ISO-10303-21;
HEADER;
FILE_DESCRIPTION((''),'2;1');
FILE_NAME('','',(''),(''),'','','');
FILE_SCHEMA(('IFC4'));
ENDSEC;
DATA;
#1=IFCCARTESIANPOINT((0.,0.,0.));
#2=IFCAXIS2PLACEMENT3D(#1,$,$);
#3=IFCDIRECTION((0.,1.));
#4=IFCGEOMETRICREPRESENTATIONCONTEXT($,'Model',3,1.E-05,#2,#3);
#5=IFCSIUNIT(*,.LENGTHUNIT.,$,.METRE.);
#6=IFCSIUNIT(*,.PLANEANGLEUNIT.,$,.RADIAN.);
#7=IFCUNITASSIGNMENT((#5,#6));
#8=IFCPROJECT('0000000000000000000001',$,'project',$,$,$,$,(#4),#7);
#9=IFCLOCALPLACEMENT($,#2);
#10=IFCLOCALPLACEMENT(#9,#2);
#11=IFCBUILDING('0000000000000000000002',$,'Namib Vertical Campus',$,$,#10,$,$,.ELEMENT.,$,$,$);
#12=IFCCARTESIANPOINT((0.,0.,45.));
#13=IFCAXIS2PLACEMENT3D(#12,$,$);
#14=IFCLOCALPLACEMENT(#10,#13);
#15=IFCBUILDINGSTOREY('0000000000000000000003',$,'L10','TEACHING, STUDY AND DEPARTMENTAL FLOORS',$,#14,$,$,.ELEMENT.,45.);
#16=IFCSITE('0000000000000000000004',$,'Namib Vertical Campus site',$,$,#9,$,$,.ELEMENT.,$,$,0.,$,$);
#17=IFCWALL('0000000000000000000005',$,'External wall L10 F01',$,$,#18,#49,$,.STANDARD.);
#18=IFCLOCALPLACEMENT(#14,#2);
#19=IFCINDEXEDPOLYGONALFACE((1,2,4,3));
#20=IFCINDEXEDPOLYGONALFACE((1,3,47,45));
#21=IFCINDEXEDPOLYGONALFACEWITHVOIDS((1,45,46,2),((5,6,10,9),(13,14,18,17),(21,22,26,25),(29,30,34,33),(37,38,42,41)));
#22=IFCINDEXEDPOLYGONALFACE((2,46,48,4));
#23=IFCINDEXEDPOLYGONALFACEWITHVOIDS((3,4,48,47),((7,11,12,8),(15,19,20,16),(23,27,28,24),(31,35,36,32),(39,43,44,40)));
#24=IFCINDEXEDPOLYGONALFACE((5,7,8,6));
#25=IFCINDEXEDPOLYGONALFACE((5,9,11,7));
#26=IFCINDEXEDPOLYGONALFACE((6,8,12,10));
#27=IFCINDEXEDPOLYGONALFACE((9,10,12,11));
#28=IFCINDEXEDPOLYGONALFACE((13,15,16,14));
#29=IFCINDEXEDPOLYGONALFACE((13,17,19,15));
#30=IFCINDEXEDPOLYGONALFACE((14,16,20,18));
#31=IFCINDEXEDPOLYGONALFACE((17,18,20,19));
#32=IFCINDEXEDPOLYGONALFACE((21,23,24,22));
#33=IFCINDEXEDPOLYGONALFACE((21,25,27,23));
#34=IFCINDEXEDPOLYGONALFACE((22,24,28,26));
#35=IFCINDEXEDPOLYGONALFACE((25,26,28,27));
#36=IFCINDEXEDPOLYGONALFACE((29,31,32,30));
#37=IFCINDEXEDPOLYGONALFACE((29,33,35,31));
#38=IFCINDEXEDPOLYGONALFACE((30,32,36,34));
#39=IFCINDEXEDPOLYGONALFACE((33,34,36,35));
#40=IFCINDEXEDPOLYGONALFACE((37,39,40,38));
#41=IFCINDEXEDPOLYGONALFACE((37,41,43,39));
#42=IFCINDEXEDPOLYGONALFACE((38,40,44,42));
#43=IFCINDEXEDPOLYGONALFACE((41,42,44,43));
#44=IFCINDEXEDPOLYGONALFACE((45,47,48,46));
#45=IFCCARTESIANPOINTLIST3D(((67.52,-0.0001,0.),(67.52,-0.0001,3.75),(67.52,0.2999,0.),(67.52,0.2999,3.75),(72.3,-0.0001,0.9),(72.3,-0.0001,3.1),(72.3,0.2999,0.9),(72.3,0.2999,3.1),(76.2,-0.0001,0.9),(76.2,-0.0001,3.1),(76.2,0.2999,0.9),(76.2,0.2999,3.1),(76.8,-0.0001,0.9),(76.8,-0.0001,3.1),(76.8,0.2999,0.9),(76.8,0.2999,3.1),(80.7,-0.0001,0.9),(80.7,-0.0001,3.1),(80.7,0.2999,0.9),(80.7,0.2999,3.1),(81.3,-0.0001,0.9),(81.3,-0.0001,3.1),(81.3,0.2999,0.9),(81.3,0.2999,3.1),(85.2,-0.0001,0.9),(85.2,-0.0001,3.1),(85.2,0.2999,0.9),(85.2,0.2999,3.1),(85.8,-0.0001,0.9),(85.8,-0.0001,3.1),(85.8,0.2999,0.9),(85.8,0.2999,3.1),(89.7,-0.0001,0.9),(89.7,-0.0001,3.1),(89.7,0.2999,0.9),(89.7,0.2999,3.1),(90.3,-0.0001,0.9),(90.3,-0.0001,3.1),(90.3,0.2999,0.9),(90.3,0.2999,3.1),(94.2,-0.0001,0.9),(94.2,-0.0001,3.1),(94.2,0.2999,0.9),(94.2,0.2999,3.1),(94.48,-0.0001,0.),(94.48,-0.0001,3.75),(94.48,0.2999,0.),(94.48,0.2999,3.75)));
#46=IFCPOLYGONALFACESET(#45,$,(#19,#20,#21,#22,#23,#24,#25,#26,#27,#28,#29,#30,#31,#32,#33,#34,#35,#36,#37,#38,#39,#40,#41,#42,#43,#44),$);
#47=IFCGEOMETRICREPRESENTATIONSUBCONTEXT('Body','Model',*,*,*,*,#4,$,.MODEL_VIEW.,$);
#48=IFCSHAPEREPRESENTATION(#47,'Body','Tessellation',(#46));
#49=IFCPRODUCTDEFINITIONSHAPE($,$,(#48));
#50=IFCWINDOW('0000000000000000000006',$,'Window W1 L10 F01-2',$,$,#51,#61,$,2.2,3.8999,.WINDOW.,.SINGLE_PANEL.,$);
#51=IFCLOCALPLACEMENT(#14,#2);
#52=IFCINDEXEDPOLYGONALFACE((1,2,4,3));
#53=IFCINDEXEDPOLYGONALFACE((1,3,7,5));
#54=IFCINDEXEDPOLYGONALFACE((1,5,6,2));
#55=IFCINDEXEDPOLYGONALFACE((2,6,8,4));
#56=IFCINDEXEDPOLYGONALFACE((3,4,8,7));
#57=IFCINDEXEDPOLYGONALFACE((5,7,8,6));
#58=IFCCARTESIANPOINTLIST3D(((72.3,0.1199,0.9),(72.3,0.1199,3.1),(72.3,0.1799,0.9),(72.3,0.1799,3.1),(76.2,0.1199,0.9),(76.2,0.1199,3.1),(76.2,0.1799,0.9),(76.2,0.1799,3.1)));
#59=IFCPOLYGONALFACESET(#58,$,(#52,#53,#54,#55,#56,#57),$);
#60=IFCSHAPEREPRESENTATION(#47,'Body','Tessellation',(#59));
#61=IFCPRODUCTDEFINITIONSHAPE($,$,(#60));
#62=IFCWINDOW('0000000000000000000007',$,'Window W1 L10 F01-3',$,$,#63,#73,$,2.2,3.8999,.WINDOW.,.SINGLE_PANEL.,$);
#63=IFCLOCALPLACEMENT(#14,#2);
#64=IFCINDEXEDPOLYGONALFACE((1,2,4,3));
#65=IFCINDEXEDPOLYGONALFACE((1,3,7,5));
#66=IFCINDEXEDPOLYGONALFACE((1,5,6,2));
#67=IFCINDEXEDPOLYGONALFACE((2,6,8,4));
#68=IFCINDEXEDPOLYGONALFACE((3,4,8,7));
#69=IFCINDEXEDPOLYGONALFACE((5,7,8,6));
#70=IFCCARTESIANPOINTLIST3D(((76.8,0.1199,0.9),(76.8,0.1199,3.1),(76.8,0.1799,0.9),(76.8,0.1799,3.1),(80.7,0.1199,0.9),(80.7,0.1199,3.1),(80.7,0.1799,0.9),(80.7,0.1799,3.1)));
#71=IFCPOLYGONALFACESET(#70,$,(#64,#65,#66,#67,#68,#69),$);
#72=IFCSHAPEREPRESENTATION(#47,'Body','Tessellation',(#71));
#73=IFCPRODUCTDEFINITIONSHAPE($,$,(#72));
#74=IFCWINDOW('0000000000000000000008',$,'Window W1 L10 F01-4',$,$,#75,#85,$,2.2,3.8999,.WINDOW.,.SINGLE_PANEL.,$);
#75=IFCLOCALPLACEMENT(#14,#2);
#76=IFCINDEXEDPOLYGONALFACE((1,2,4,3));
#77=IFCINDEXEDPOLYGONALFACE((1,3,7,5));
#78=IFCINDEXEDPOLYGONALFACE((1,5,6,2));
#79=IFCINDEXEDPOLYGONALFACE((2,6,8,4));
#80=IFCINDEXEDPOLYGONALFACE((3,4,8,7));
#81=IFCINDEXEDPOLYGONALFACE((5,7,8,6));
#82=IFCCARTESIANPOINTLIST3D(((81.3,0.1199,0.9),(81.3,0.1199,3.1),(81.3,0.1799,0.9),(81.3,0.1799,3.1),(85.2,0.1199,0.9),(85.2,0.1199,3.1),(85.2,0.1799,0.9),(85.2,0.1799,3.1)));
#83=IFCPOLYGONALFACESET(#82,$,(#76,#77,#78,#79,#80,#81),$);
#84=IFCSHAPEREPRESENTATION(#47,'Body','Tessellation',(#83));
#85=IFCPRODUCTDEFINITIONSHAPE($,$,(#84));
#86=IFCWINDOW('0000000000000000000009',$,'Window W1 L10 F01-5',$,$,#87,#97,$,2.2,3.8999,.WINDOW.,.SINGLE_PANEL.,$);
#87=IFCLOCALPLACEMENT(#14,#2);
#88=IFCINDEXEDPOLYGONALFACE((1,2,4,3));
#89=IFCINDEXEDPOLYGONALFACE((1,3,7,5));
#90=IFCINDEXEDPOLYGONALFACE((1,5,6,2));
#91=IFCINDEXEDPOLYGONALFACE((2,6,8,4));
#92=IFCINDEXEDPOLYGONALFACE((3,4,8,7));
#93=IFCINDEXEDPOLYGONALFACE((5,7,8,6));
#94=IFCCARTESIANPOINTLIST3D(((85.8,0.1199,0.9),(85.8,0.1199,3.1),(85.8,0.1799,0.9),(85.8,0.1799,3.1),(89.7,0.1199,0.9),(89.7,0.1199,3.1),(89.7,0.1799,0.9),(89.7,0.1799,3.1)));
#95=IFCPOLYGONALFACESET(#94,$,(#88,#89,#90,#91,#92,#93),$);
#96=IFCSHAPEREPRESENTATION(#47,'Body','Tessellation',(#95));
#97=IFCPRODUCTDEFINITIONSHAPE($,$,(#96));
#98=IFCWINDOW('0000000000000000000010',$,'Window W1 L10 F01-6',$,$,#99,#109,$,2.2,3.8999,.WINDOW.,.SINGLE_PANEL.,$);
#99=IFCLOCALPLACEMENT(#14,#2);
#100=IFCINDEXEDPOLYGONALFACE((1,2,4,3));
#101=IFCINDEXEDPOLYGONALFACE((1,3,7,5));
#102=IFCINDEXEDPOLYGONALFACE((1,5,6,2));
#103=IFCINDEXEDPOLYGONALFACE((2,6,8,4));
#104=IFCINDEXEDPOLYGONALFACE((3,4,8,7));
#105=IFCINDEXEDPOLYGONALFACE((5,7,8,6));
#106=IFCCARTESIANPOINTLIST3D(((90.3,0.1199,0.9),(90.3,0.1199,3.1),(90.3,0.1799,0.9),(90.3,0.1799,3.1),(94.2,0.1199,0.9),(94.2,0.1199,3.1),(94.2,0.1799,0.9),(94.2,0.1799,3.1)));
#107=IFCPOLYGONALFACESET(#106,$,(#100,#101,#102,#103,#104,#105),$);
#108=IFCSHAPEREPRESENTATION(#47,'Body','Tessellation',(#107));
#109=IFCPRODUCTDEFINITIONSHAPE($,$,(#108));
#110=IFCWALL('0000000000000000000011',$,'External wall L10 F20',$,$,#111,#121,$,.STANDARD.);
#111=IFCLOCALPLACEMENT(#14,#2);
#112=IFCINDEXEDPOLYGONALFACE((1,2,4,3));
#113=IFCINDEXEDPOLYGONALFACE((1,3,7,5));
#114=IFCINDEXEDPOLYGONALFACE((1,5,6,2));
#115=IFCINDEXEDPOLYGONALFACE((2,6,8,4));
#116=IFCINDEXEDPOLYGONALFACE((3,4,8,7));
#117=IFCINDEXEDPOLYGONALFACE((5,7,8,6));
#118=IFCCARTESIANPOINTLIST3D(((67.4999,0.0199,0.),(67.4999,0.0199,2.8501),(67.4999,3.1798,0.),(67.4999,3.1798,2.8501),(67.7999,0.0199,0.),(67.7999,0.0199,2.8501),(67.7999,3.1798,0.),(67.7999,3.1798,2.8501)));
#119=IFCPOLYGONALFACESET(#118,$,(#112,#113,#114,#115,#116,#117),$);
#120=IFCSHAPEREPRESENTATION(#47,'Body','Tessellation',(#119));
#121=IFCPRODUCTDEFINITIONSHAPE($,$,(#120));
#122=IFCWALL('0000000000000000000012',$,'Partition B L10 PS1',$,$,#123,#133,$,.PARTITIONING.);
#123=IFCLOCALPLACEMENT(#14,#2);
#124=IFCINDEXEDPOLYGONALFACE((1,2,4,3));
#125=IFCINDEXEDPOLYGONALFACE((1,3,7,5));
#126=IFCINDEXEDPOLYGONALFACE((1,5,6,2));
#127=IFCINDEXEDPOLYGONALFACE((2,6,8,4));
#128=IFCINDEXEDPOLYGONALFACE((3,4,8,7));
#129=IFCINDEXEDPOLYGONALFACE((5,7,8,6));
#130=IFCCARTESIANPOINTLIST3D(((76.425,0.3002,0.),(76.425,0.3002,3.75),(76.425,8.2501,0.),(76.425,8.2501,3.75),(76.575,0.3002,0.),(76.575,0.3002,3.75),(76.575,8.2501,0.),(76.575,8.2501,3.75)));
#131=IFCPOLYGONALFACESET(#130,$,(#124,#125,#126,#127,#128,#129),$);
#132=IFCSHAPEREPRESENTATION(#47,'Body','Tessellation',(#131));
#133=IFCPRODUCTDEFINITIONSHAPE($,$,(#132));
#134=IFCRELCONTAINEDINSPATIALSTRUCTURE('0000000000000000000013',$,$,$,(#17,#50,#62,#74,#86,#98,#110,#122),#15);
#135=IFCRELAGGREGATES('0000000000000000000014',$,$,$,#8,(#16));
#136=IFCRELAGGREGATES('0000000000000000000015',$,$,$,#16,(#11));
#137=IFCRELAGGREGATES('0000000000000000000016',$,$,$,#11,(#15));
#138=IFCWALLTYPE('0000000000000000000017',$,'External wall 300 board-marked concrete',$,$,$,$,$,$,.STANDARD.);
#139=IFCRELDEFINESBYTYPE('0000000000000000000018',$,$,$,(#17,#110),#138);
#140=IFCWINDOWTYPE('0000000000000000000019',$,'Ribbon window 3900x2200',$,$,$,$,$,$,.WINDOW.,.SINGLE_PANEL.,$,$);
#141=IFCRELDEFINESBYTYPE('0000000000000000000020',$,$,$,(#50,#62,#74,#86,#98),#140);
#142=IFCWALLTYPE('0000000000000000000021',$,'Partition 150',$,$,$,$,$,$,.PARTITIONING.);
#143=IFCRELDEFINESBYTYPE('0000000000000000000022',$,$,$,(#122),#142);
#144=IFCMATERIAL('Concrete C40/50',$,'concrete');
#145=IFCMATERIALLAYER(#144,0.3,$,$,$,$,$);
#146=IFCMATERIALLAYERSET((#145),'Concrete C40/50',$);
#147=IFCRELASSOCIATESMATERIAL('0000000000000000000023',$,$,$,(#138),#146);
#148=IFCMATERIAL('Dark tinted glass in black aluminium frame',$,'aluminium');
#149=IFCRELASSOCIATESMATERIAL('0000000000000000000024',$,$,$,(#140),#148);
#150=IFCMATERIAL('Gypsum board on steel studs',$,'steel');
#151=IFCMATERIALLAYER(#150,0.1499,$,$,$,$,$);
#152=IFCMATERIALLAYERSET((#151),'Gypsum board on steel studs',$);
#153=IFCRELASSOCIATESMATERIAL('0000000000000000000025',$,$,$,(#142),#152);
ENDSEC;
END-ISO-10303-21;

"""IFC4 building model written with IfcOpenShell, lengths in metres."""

from ifc_helpers import new_model, si_unit, direction, frame, frame_2d, origin, place, context, subcontext, project, spatial, rectangle, extrude, material, layer, layer_set, type_object, element, fill, save


model = new_model("IFC4")

# Units and contexts
model_context = context("Model", 3, precision=1e-05, world=origin(), true_north=direction((0.0, 1.0)))
body_context = subcontext(model_context, "Body", "Model", "MODEL_VIEW")
ifc_project = project(units=[si_unit("LENGTHUNIT", "METRE"), si_unit("PLANEANGLEUNIT", "RADIAN")], contexts=[model_context])

# Site, building, storey
site_placement = place(None, origin())
site = spatial("IfcSite", under=ifc_project, at=site_placement, Name="Namib Vertical Campus site", CompositionType="ELEMENT", RefElevation=0.0)
building_placement = place(site_placement, origin())
building = spatial("IfcBuilding", under=site, at=building_placement, Name="Namib Vertical Campus", CompositionType="ELEMENT")
storey_placement = place(building_placement, frame((0.0, 0.0, 45.0)))
storey = spatial("IfcBuildingStorey", under=building, at=storey_placement, Name="L10", Description="TEACHING, STUDY AND DEPARTMENTAL FLOORS", CompositionType="ELEMENT", Elevation=45.0)

# Wall, openings, windows
ifc_material_1 = material(Name="Concrete C40/50", Category="concrete")
ifc_layer_1 = layer(ifc_material_1, 0.3)
ifc_layer_set_1 = layer_set([ifc_layer_1], Name="Concrete C40/50")
wall_type_1 = type_object("IfcWallType", Name="External wall 300 board-marked concrete", PredefinedType="STANDARD", material=ifc_layer_set_1)
wall_1_placement = place(storey_placement, frame((67.52, 0.1499, 0.0), z_axis=(0.0, 0.0, 1.0), x_axis=(1.0, 0.0, 0.0)))
wall_1 = element("IfcWall", 1, at=wall_1_placement, inside=storey, type_object=wall_type_1, Name="External wall L10 F01", PredefinedType="STANDARD", context=body_context, shape_type="SweptSolid", body=[
    extrude(rectangle(XDim=26.96, YDim=0.3, at=frame_2d((13.48, 0.0))), origin(), (0.0, 0.0, 1.0), 3.75),
])
opening_1_placement = place(wall_1_placement, frame((4.78, 0.0, 0.8999)))
opening_1 = element("IfcOpeningElement", 2, at=opening_1_placement, cuts=wall_1, PredefinedType="OPENING", context=body_context, shape_type="SweptSolid", body=[
    extrude(rectangle(XDim=3.8999, YDim=2.2, at=frame_2d((1.95, 1.1001))), frame((0.0, 0.1599, 0.0), z_axis=(0.0, -1.0, 0.0), x_axis=(1.0, 0.0, 0.0)), (0.0, 0.0, 1.0), 0.3201),
])
opening_2_placement = place(wall_1_placement, frame((9.28, 0.0, 0.8999)))
opening_2 = element("IfcOpeningElement", 3, at=opening_2_placement, cuts=wall_1, PredefinedType="OPENING", context=body_context, shape_type="SweptSolid", body=[
    extrude(rectangle(XDim=3.8999, YDim=2.2, at=frame_2d((1.95, 1.1001))), frame((0.0, 0.1599, 0.0), z_axis=(0.0, -1.0, 0.0), x_axis=(1.0, 0.0, 0.0)), (0.0, 0.0, 1.0), 0.3201),
])
opening_3_placement = place(wall_1_placement, frame((13.78, 0.0, 0.8999)))
opening_3 = element("IfcOpeningElement", 4, at=opening_3_placement, cuts=wall_1, PredefinedType="OPENING", context=body_context, shape_type="SweptSolid", body=[
    extrude(rectangle(XDim=3.8999, YDim=2.2, at=frame_2d((1.95, 1.1001))), frame((0.0, 0.1599, 0.0), z_axis=(0.0, -1.0, 0.0), x_axis=(1.0, 0.0, 0.0)), (0.0, 0.0, 1.0), 0.3201),
])
opening_4_placement = place(wall_1_placement, frame((18.28, 0.0, 0.8999)))
opening_4 = element("IfcOpeningElement", 5, at=opening_4_placement, cuts=wall_1, PredefinedType="OPENING", context=body_context, shape_type="SweptSolid", body=[
    extrude(rectangle(XDim=3.8999, YDim=2.2, at=frame_2d((1.95, 1.1001))), frame((0.0, 0.1599, 0.0), z_axis=(0.0, -1.0, 0.0), x_axis=(1.0, 0.0, 0.0)), (0.0, 0.0, 1.0), 0.3201),
])
opening_5_placement = place(wall_1_placement, frame((22.78, 0.0, 0.8999)))
opening_5 = element("IfcOpeningElement", 6, at=opening_5_placement, cuts=wall_1, PredefinedType="OPENING", context=body_context, shape_type="SweptSolid", body=[
    extrude(rectangle(XDim=3.8999, YDim=2.2, at=frame_2d((1.95, 1.1001))), frame((0.0, 0.1599, 0.0), z_axis=(0.0, -1.0, 0.0), x_axis=(1.0, 0.0, 0.0)), (0.0, 0.0, 1.0), 0.3201),
])
ifc_material_2 = material(Name="Dark tinted glass in black aluminium frame", Category="aluminium")
window_type = type_object("IfcWindowType", Name="Ribbon window 3900x2200", PartitioningType="SINGLE_PANEL", PredefinedType="WINDOW", material=ifc_material_2)
window_1_placement = place(opening_1_placement, origin())
window_1 = element("IfcWindow", 7, at=window_1_placement, inside=storey, type_object=window_type, Name="Window W1 L10 F01-2", OverallHeight=2.2, OverallWidth=3.8999, PartitioningType="SINGLE_PANEL", PredefinedType="WINDOW", context=body_context, shape_type="SweptSolid", body=[
    extrude(rectangle(XDim=3.8999, YDim=2.2, at=frame_2d((1.95, 1.1001))), frame((0.0, 0.03, 0.0), z_axis=(0.0, -1.0, 0.0), x_axis=(1.0, 0.0, 0.0)), (0.0, 0.0, 1.0), 0.0601),
])
fill(opening_1, window_1)
window_2_placement = place(opening_2_placement, origin())
window_2 = element("IfcWindow", 8, at=window_2_placement, inside=storey, type_object=window_type, Name="Window W1 L10 F01-3", OverallHeight=2.2, OverallWidth=3.8999, PartitioningType="SINGLE_PANEL", PredefinedType="WINDOW", context=body_context, shape_type="SweptSolid", body=[
    extrude(rectangle(XDim=3.8999, YDim=2.2, at=frame_2d((1.95, 1.1001))), frame((0.0, 0.03, 0.0), z_axis=(0.0, -1.0, 0.0), x_axis=(1.0, 0.0, 0.0)), (0.0, 0.0, 1.0), 0.0601),
])
fill(opening_2, window_2)
window_3_placement = place(opening_3_placement, origin())
window_3 = element("IfcWindow", 9, at=window_3_placement, inside=storey, type_object=window_type, Name="Window W1 L10 F01-4", OverallHeight=2.2, OverallWidth=3.8999, PartitioningType="SINGLE_PANEL", PredefinedType="WINDOW", context=body_context, shape_type="SweptSolid", body=[
    extrude(rectangle(XDim=3.8999, YDim=2.2, at=frame_2d((1.95, 1.1001))), frame((0.0, 0.03, 0.0), z_axis=(0.0, -1.0, 0.0), x_axis=(1.0, 0.0, 0.0)), (0.0, 0.0, 1.0), 0.0601),
])
fill(opening_3, window_3)
window_4_placement = place(opening_4_placement, origin())
window_4 = element("IfcWindow", 10, at=window_4_placement, inside=storey, type_object=window_type, Name="Window W1 L10 F01-5", OverallHeight=2.2, OverallWidth=3.8999, PartitioningType="SINGLE_PANEL", PredefinedType="WINDOW", context=body_context, shape_type="SweptSolid", body=[
    extrude(rectangle(XDim=3.8999, YDim=2.2, at=frame_2d((1.95, 1.1001))), frame((0.0, 0.03, 0.0), z_axis=(0.0, -1.0, 0.0), x_axis=(1.0, 0.0, 0.0)), (0.0, 0.0, 1.0), 0.0601),
])
fill(opening_4, window_4)
window_5_placement = place(opening_5_placement, origin())
window_5 = element("IfcWindow", 11, at=window_5_placement, inside=storey, type_object=window_type, Name="Window W1 L10 F01-6", OverallHeight=2.2, OverallWidth=3.8999, PartitioningType="SINGLE_PANEL", PredefinedType="WINDOW", context=body_context, shape_type="SweptSolid", body=[
    extrude(rectangle(XDim=3.8999, YDim=2.2, at=frame_2d((1.95, 1.1001))), frame((0.0, 0.03, 0.0), z_axis=(0.0, -1.0, 0.0), x_axis=(1.0, 0.0, 0.0)), (0.0, 0.0, 1.0), 0.0601),
])
fill(opening_5, window_5)

# Walls
wall_2_placement = place(storey_placement, frame((67.6499, 3.1799, 0.0), z_axis=(0.0, 0.0, 1.0), x_axis=(0.0, -1.0, 0.0)))
element("IfcWall", 12, at=wall_2_placement, inside=storey, type_object=wall_type_1, Name="External wall L10 F20", PredefinedType="STANDARD", context=body_context, shape_type="SweptSolid", body=[
    extrude(rectangle(XDim=3.1599, YDim=0.3, at=frame_2d((1.5801, 0.0))), origin(), (0.0, 0.0, 1.0), 2.8501),
])
ifc_material_3 = material(Name="Gypsum board on steel studs", Category="steel")
ifc_layer_2 = layer(ifc_material_3, 0.1499)
ifc_layer_set_2 = layer_set([ifc_layer_2], Name="Gypsum board on steel studs")
wall_type_2 = type_object("IfcWallType", Name="Partition 150", PredefinedType="PARTITIONING", material=ifc_layer_set_2)
wall_3_placement = place(storey_placement, frame((76.5, 0.3, 0.0), z_axis=(0.0, 0.0, 1.0), x_axis=(0.0, 1.0, 0.0)))
element("IfcWall", 13, at=wall_3_placement, inside=storey, type_object=wall_type_2, Name="Partition B L10 PS1", PredefinedType="PARTITIONING", context=body_context, shape_type="SweptSolid", body=[
    extrude(rectangle(XDim=7.95, YDim=0.1499, at=frame_2d((3.9751, 0.0))), origin(), (0.0, 0.0, 1.0), 3.75),
])

save(model, "model.ifc")
